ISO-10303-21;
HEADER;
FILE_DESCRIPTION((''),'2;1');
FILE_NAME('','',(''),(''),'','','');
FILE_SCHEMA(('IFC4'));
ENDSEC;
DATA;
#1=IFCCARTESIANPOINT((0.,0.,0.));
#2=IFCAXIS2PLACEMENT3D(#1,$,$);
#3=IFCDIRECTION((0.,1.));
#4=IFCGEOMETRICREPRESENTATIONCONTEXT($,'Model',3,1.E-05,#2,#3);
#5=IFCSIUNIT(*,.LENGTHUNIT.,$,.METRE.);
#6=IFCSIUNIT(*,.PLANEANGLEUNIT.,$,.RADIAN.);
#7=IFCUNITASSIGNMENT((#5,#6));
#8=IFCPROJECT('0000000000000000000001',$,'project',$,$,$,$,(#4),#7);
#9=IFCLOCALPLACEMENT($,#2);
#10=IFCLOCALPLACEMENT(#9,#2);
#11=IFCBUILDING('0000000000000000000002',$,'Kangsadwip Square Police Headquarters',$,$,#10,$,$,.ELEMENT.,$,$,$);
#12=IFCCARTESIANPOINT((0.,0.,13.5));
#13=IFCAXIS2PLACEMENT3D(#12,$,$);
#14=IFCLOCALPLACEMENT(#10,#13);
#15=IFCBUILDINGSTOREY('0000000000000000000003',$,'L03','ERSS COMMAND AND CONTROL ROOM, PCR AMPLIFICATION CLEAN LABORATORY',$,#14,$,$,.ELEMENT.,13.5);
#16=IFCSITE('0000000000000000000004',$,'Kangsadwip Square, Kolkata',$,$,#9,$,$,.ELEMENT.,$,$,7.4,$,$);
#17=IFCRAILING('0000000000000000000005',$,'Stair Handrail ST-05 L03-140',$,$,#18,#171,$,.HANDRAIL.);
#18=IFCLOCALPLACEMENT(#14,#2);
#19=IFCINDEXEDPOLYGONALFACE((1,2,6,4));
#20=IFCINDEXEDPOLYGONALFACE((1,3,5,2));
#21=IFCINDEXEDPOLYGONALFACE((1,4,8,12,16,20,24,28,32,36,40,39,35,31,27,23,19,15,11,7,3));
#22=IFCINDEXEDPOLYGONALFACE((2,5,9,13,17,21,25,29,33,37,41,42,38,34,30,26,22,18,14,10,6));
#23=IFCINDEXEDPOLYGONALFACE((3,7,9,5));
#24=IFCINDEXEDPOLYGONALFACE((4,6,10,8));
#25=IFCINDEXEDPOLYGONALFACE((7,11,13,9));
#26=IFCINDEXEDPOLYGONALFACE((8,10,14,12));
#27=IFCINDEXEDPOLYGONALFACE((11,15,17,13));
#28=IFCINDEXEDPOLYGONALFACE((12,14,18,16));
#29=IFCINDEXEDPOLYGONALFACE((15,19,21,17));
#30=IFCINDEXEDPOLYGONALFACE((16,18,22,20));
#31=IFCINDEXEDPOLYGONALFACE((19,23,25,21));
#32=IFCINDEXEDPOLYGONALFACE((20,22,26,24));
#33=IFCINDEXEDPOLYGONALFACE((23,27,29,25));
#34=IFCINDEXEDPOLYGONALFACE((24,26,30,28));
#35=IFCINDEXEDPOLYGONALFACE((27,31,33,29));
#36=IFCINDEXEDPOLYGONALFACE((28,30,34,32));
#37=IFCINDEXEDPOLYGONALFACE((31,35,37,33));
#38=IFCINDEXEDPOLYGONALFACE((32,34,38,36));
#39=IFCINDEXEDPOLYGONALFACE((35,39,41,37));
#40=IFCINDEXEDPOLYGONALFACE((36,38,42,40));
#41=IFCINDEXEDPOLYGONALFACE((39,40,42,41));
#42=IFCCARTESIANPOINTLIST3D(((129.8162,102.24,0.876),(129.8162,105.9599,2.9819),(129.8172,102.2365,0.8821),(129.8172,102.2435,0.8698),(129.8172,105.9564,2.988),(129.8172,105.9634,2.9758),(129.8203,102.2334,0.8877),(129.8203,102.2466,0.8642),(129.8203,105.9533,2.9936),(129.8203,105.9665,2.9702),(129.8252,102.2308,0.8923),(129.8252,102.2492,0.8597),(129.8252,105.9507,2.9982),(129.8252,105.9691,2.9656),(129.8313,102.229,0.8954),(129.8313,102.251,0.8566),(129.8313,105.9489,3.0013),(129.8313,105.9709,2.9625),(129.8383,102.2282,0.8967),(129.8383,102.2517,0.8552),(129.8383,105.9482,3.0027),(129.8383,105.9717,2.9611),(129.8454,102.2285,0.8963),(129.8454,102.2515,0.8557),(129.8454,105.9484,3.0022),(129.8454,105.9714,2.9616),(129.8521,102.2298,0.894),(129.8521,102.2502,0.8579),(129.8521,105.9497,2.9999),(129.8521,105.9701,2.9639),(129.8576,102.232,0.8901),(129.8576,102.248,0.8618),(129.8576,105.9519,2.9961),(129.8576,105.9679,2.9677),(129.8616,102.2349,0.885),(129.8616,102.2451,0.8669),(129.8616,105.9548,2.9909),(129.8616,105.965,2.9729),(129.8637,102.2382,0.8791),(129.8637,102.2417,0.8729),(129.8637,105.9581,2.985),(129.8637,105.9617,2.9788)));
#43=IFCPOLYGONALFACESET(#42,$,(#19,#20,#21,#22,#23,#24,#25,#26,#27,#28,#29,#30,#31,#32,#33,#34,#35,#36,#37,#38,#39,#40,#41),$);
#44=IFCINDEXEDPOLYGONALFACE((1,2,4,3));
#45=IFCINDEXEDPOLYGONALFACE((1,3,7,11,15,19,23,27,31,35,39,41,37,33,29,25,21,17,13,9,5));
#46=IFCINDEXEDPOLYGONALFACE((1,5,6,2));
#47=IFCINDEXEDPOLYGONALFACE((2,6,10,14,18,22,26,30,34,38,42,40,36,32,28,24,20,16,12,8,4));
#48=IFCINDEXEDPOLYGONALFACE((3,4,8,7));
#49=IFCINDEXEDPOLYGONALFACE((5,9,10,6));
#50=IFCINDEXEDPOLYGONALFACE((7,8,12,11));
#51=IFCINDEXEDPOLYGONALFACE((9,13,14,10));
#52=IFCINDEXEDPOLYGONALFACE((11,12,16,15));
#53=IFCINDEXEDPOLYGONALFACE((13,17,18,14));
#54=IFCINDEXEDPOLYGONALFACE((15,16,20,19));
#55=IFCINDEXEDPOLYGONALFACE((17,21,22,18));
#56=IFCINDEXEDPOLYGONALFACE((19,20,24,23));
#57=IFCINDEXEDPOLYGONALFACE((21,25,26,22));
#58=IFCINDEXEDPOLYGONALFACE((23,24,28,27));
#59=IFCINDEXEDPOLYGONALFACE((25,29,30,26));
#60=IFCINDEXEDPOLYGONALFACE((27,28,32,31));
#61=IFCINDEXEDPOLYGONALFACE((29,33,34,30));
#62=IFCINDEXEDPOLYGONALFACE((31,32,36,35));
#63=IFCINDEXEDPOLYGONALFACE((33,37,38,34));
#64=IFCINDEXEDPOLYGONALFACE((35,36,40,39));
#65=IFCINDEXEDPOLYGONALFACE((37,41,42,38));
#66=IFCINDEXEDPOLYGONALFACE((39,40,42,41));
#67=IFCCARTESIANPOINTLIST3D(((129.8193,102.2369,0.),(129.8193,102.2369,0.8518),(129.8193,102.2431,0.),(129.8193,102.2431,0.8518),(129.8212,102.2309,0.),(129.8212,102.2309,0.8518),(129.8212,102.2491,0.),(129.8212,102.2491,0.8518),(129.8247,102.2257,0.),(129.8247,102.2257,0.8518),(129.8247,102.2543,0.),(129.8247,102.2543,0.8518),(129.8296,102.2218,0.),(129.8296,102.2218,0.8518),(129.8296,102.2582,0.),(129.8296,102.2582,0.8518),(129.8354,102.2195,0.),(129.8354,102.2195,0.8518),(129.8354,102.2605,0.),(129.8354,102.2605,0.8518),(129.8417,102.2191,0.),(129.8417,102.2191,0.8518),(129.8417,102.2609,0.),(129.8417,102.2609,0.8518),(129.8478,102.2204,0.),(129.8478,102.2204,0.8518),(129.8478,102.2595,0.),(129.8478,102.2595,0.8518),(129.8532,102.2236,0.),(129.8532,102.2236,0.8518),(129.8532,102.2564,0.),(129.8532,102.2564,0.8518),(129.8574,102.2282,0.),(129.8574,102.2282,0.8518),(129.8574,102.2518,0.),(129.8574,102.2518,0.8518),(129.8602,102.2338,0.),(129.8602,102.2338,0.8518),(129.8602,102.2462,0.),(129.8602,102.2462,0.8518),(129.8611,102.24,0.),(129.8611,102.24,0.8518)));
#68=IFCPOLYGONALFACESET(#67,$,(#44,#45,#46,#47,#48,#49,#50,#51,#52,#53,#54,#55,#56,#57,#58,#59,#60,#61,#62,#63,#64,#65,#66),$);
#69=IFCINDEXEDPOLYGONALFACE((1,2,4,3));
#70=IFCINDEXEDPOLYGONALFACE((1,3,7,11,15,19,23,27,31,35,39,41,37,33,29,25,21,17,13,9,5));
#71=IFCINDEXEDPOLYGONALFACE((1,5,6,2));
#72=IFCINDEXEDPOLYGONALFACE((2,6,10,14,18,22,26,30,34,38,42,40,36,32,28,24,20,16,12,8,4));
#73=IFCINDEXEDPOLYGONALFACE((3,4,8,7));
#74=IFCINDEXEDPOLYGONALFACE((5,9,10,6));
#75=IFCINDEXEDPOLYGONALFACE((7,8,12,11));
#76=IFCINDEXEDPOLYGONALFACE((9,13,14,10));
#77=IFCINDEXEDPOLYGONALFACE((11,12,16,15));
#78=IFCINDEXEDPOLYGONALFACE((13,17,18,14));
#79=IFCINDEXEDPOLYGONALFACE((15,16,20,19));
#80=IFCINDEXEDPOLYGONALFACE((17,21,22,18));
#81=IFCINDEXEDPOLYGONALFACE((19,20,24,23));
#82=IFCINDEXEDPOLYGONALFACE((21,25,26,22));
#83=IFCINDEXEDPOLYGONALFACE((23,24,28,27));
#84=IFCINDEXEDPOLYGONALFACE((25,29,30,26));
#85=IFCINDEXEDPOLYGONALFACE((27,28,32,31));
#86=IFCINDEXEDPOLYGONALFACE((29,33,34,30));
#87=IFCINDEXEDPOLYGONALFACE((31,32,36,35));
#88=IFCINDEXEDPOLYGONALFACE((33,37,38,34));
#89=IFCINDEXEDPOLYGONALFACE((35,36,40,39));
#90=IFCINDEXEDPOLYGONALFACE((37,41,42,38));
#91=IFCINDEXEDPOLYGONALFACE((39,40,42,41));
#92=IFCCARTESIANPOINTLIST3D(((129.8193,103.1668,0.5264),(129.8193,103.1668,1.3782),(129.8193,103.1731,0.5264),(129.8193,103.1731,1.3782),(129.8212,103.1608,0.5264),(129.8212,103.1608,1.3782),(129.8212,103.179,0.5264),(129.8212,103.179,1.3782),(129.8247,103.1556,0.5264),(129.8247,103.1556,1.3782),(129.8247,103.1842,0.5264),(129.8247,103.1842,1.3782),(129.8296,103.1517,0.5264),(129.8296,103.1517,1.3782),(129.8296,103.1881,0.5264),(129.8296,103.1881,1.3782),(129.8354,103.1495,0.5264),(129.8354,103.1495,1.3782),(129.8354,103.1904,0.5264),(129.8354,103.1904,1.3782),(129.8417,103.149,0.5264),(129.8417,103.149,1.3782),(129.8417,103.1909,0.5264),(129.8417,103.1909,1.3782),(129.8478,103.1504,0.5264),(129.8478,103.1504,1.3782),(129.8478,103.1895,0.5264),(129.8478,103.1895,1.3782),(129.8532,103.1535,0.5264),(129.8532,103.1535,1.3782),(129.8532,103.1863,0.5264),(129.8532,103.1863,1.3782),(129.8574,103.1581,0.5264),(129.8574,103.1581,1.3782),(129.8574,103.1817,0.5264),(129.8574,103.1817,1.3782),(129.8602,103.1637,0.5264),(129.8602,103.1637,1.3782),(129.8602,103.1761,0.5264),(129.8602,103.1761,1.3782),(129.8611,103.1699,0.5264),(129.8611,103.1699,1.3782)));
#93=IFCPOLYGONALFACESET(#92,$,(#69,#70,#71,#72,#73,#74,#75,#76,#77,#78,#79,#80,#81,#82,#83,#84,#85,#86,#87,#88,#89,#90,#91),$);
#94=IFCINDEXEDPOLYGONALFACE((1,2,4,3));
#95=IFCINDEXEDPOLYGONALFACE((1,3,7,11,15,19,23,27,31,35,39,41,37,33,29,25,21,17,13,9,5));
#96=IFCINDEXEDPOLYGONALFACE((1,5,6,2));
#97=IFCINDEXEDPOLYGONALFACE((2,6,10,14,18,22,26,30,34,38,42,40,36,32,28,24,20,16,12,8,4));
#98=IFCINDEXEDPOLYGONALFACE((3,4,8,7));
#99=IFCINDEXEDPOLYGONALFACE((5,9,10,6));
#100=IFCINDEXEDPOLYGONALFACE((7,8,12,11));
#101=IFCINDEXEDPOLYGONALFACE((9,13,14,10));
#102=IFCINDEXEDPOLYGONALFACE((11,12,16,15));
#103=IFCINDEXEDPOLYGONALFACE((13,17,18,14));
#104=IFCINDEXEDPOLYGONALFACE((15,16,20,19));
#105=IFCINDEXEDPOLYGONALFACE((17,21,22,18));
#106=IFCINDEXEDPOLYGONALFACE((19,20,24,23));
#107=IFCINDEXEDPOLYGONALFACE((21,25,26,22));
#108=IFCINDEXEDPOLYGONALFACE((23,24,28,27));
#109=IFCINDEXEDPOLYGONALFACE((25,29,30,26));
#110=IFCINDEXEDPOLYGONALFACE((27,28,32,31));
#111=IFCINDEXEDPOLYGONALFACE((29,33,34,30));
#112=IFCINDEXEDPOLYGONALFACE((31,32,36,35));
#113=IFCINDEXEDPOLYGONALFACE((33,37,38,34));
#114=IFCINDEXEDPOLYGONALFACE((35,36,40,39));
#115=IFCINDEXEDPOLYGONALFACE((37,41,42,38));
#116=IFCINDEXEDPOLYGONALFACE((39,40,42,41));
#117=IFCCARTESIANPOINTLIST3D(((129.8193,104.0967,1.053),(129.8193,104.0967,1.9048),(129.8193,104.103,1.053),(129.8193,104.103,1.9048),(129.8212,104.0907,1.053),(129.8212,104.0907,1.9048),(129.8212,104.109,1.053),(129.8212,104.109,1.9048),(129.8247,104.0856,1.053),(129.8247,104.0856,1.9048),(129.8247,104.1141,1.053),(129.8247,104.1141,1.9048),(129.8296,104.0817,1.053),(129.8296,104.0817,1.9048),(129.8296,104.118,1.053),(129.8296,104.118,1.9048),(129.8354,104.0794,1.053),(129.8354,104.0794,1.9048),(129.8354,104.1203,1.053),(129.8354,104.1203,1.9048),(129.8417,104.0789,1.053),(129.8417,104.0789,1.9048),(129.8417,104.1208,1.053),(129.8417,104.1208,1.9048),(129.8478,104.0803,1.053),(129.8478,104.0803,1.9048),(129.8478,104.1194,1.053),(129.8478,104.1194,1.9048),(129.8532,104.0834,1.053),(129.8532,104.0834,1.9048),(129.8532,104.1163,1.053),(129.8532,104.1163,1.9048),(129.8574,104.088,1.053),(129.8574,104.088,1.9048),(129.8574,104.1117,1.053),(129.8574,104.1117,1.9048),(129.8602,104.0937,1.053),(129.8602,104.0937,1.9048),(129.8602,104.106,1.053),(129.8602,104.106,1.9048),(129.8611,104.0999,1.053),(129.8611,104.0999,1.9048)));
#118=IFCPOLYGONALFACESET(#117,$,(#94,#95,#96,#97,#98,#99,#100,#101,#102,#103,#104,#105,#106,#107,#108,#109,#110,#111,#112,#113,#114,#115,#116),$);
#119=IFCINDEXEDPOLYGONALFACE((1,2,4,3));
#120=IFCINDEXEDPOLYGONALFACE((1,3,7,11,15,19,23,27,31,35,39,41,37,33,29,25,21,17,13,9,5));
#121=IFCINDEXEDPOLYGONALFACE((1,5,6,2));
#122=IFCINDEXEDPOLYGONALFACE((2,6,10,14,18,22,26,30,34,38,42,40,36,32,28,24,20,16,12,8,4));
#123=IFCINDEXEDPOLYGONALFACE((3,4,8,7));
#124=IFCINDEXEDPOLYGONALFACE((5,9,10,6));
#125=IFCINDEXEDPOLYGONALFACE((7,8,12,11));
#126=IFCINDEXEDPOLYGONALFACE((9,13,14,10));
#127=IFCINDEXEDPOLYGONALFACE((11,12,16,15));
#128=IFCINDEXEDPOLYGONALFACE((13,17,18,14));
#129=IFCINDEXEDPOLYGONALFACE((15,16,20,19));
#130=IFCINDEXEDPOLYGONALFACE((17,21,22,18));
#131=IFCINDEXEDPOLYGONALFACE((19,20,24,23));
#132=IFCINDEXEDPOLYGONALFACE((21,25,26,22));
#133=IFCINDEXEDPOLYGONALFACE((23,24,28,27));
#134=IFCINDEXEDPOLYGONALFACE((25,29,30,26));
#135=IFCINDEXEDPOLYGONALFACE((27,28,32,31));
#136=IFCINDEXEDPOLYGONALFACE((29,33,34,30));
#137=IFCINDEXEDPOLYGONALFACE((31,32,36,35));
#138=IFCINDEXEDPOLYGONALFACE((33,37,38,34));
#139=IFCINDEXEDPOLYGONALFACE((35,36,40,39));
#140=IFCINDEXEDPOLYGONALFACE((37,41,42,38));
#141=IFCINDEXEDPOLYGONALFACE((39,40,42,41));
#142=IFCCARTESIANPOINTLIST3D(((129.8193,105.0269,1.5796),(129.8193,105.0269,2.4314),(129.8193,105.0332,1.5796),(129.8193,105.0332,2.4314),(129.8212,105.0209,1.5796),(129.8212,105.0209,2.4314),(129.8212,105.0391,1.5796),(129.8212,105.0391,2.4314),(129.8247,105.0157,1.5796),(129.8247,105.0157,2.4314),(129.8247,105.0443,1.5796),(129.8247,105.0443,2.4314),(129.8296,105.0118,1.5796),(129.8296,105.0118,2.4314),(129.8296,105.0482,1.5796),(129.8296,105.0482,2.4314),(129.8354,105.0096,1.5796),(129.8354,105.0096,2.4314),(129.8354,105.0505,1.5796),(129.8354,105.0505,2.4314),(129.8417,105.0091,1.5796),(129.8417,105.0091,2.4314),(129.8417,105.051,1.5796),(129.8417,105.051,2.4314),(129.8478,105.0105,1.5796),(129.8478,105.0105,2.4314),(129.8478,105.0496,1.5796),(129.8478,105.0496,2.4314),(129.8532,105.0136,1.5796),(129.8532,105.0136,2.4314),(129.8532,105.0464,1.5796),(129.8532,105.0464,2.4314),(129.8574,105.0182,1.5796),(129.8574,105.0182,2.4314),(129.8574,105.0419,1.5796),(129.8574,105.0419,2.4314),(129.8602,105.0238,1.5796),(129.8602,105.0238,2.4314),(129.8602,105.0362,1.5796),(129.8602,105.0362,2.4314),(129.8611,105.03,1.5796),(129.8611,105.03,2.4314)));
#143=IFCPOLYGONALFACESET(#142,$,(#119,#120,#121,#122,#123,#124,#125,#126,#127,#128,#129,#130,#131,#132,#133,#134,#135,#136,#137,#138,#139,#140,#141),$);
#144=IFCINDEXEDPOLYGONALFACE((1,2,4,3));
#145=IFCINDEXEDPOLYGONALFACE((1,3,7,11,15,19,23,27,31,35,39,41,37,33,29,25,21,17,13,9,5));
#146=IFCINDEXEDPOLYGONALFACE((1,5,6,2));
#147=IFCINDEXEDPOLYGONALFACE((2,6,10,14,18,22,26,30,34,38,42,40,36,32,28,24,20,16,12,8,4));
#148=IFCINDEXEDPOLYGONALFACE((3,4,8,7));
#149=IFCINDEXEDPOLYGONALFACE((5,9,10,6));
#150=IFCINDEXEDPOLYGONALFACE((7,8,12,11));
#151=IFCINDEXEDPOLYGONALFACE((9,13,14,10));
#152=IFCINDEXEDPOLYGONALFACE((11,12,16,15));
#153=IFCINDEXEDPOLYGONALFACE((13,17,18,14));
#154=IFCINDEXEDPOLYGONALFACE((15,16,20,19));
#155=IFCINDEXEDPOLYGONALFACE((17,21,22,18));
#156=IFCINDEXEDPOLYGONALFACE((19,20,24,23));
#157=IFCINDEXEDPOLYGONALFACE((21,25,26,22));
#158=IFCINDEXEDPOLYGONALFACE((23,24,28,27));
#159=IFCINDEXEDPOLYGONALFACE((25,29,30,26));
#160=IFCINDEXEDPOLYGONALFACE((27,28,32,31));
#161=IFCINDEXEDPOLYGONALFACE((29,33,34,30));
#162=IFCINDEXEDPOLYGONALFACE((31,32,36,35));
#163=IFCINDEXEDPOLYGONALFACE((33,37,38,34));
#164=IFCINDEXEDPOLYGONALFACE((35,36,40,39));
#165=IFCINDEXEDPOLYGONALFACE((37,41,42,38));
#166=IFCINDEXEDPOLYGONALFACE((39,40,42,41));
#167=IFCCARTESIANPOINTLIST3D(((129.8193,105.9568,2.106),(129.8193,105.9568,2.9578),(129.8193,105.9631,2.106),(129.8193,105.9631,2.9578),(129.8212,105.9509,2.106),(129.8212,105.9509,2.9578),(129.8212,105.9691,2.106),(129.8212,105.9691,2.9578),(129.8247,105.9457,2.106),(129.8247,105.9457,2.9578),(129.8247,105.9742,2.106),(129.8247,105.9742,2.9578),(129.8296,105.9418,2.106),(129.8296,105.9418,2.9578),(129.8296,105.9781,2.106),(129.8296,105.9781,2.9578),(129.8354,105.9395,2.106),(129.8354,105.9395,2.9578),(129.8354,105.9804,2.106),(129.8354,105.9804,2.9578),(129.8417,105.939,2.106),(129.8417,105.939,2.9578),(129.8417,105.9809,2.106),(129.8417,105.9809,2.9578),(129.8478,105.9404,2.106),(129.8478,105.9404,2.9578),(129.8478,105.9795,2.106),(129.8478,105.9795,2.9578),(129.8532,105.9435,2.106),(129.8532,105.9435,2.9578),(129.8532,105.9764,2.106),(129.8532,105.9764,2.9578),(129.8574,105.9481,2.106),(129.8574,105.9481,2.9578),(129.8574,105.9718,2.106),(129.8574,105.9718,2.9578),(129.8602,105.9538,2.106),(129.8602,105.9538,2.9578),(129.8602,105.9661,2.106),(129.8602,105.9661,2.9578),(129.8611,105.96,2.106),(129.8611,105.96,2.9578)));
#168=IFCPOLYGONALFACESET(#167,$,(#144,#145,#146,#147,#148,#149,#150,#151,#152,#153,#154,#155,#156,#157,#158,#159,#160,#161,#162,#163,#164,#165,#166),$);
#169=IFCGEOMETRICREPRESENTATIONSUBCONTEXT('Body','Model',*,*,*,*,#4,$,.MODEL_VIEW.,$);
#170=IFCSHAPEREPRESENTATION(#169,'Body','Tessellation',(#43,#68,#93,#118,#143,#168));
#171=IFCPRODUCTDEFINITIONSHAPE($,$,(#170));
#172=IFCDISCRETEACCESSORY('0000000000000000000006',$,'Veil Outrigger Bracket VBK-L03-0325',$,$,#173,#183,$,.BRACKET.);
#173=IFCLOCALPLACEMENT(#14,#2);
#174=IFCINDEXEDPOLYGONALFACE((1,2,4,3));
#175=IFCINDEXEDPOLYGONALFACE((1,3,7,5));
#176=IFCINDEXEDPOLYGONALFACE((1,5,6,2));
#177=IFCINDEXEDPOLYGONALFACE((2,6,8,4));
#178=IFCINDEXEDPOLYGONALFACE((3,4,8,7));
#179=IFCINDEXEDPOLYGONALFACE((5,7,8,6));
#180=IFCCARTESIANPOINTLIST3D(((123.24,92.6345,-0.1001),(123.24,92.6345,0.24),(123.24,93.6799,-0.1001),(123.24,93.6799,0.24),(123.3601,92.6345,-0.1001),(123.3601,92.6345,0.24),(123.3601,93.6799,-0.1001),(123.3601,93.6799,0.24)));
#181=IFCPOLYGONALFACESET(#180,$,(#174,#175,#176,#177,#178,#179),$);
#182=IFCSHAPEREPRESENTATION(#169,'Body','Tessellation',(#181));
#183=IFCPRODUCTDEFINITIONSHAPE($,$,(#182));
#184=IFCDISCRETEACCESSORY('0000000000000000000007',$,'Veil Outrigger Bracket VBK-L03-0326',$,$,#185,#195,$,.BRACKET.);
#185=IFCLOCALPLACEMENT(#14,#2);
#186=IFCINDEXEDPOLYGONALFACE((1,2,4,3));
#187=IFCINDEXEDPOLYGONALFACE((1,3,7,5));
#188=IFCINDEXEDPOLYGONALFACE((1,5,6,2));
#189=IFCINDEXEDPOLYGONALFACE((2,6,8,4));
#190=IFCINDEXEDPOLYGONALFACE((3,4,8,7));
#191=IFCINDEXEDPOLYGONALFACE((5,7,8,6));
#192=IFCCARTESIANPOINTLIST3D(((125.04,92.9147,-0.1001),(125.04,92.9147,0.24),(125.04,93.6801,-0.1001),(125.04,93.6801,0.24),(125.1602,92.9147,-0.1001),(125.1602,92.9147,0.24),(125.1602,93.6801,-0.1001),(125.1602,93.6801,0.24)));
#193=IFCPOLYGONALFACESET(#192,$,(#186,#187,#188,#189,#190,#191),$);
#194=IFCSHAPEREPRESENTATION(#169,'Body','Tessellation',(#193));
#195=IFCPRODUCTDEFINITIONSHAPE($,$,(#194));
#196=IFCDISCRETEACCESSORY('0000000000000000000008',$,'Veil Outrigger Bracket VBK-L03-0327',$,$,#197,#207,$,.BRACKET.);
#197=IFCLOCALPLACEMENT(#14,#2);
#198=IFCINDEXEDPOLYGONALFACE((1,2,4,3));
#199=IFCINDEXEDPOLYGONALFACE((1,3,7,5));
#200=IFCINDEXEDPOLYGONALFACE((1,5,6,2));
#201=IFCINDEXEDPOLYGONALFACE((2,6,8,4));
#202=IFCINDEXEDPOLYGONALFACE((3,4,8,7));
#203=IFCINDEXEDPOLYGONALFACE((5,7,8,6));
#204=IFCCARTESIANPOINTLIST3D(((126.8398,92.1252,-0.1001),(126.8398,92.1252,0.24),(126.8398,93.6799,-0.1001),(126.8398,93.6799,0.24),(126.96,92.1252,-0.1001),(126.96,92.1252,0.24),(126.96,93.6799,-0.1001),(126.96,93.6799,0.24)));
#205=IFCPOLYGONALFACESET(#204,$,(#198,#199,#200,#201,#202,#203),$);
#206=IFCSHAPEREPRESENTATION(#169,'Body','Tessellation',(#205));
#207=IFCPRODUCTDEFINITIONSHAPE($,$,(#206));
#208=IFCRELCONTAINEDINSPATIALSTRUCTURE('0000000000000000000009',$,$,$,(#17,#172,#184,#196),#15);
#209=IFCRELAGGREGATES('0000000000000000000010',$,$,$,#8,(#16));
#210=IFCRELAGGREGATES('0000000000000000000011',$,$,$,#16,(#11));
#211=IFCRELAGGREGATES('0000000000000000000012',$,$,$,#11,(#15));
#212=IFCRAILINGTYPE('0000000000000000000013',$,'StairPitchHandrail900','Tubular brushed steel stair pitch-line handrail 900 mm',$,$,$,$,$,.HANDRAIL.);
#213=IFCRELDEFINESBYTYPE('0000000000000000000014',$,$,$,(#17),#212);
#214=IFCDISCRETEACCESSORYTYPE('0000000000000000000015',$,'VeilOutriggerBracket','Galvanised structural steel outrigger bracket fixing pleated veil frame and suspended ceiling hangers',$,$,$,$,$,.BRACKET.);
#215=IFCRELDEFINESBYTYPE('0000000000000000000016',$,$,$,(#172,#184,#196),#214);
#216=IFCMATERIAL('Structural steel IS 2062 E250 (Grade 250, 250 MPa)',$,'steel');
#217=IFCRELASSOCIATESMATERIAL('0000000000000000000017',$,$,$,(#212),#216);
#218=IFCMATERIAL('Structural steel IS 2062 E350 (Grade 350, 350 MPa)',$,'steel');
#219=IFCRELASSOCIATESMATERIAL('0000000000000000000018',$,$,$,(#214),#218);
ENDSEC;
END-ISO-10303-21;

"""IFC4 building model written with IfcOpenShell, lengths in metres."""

from ifc_helpers import new_model, si_unit, direction, frame, origin, origin_2d, place, context, subcontext, project, spatial, rectangle, circle, extrude, material, type_object, element, save


model = new_model("IFC4")

# Units and contexts
model_context = context("Model", 3, precision=1e-05, world=origin(), true_north=direction((0.0, 1.0)))
body_context = subcontext(model_context, "Body", "Model", "MODEL_VIEW")
ifc_project = project(units=[si_unit("LENGTHUNIT", "METRE"), si_unit("PLANEANGLEUNIT", "RADIAN")], contexts=[model_context])

# Site, building, storey
site_placement = place(None, origin())
site = spatial("IfcSite", under=ifc_project, at=site_placement, Name="Kangsadwip Square, Kolkata", CompositionType="ELEMENT", RefElevation=7.4)
building_placement = place(site_placement, origin())
building = spatial("IfcBuilding", under=site, at=building_placement, Name="Kangsadwip Square Police Headquarters", CompositionType="ELEMENT")
storey_placement = place(building_placement, frame((0.0, 0.0, 13.5)))
storey = spatial("IfcBuildingStorey", under=building, at=storey_placement, Name="L03", Description="ERSS COMMAND AND CONTROL ROOM, PCR AMPLIFICATION CLEAN LABORATORY", CompositionType="ELEMENT", Elevation=13.5)

# Railing
ifc_material_1 = material(Name="Structural steel IS 2062 E250 (Grade 250, 250 MPa)", Category="steel")
railing_type_1 = type_object("IfcRailingType", Name="StairPitchHandrail900", Description="Tubular brushed steel stair pitch-line handrail 900 mm", PredefinedType="HANDRAIL", material=ifc_material_1)
railing_placement = place(storey_placement, frame((129.8401, 102.24, 0.0)))
element("IfcRailing", 1, at=railing_placement, inside=storey, type_object=railing_type_1, Name="Stair Handrail ST-05 L03-140", PredefinedType="HANDRAIL", context=body_context, shape_type="SweptSolid", body=[
    extrude(circle(Radius=0.0239, at=origin_2d()), frame((0.0, 0.0, 0.876), z_axis=(0.0, 0.870225, 0.492654), x_axis=(-1.0, 0.0, 0.0)), (0.0, 0.0, 1.0), 4.2747),
    extrude(circle(Radius=0.021, at=origin_2d()), origin(), (0.0, 0.0, 1.0), 0.8518),
    extrude(circle(Radius=0.021, at=origin_2d()), frame((0.0, 0.9299, 0.5264)), (0.0, 0.0, 1.0), 0.8518),
    extrude(circle(Radius=0.021, at=origin_2d()), frame((0.0, 1.8599, 1.053)), (0.0, 0.0, 1.0), 0.8518),
    extrude(circle(Radius=0.021, at=origin_2d()), frame((0.0, 2.79, 1.5796)), (0.0, 0.0, 1.0), 0.8518),
    extrude(circle(Radius=0.021, at=origin_2d()), frame((0.0, 3.72, 2.106)), (0.0, 0.0, 1.0), 0.8518),
])

# Discrete accessories
ifc_material_2 = material(Name="Structural steel IS 2062 E350 (Grade 350, 350 MPa)", Category="steel")
discrete_accessory_type = type_object("IfcDiscreteAccessoryType", Name="VeilOutriggerBracket", Description="Galvanised structural steel outrigger bracket fixing pleated veil frame and suspended ceiling hangers", PredefinedType="BRACKET", material=ifc_material_2)
discrete_accessory_1_placement = place(storey_placement, frame((123.3, 93.1572, -0.1001), z_axis=(0.0, 0.0, 1.0), x_axis=(1.0, 0.0, 0.0)))
element("IfcDiscreteAccessory", 2, at=discrete_accessory_1_placement, inside=storey, type_object=discrete_accessory_type, Name="Veil Outrigger Bracket VBK-L03-0325", PredefinedType="BRACKET", context=body_context, shape_type="SweptSolid", body=[
    extrude(rectangle(XDim=0.1201, YDim=1.0454, at=origin_2d()), origin(), (0.0, 0.0, 1.0), 0.3401),
])
discrete_accessory_2_placement = place(storey_placement, frame((125.1001, 93.2974, -0.1001), z_axis=(0.0, 0.0, 1.0), x_axis=(1.0, 0.0, 0.0)))
element("IfcDiscreteAccessory", 3, at=discrete_accessory_2_placement, inside=storey, type_object=discrete_accessory_type, Name="Veil Outrigger Bracket VBK-L03-0326", PredefinedType="BRACKET", context=body_context, shape_type="SweptSolid", body=[
    extrude(rectangle(XDim=0.1201, YDim=0.7654, at=origin_2d()), origin(), (0.0, 0.0, 1.0), 0.3401),
])
discrete_accessory_3_placement = place(storey_placement, frame((126.8999, 92.9026, -0.1001), z_axis=(0.0, 0.0, 1.0), x_axis=(1.0, 0.0, 0.0)))
element("IfcDiscreteAccessory", 4, at=discrete_accessory_3_placement, inside=storey, type_object=discrete_accessory_type, Name="Veil Outrigger Bracket VBK-L03-0327", PredefinedType="BRACKET", context=body_context, shape_type="SweptSolid", body=[
    extrude(rectangle(XDim=0.1201, YDim=1.5547, at=origin_2d()), origin(), (0.0, 0.0, 1.0), 0.3401),
])

save(model, "model.ifc")
